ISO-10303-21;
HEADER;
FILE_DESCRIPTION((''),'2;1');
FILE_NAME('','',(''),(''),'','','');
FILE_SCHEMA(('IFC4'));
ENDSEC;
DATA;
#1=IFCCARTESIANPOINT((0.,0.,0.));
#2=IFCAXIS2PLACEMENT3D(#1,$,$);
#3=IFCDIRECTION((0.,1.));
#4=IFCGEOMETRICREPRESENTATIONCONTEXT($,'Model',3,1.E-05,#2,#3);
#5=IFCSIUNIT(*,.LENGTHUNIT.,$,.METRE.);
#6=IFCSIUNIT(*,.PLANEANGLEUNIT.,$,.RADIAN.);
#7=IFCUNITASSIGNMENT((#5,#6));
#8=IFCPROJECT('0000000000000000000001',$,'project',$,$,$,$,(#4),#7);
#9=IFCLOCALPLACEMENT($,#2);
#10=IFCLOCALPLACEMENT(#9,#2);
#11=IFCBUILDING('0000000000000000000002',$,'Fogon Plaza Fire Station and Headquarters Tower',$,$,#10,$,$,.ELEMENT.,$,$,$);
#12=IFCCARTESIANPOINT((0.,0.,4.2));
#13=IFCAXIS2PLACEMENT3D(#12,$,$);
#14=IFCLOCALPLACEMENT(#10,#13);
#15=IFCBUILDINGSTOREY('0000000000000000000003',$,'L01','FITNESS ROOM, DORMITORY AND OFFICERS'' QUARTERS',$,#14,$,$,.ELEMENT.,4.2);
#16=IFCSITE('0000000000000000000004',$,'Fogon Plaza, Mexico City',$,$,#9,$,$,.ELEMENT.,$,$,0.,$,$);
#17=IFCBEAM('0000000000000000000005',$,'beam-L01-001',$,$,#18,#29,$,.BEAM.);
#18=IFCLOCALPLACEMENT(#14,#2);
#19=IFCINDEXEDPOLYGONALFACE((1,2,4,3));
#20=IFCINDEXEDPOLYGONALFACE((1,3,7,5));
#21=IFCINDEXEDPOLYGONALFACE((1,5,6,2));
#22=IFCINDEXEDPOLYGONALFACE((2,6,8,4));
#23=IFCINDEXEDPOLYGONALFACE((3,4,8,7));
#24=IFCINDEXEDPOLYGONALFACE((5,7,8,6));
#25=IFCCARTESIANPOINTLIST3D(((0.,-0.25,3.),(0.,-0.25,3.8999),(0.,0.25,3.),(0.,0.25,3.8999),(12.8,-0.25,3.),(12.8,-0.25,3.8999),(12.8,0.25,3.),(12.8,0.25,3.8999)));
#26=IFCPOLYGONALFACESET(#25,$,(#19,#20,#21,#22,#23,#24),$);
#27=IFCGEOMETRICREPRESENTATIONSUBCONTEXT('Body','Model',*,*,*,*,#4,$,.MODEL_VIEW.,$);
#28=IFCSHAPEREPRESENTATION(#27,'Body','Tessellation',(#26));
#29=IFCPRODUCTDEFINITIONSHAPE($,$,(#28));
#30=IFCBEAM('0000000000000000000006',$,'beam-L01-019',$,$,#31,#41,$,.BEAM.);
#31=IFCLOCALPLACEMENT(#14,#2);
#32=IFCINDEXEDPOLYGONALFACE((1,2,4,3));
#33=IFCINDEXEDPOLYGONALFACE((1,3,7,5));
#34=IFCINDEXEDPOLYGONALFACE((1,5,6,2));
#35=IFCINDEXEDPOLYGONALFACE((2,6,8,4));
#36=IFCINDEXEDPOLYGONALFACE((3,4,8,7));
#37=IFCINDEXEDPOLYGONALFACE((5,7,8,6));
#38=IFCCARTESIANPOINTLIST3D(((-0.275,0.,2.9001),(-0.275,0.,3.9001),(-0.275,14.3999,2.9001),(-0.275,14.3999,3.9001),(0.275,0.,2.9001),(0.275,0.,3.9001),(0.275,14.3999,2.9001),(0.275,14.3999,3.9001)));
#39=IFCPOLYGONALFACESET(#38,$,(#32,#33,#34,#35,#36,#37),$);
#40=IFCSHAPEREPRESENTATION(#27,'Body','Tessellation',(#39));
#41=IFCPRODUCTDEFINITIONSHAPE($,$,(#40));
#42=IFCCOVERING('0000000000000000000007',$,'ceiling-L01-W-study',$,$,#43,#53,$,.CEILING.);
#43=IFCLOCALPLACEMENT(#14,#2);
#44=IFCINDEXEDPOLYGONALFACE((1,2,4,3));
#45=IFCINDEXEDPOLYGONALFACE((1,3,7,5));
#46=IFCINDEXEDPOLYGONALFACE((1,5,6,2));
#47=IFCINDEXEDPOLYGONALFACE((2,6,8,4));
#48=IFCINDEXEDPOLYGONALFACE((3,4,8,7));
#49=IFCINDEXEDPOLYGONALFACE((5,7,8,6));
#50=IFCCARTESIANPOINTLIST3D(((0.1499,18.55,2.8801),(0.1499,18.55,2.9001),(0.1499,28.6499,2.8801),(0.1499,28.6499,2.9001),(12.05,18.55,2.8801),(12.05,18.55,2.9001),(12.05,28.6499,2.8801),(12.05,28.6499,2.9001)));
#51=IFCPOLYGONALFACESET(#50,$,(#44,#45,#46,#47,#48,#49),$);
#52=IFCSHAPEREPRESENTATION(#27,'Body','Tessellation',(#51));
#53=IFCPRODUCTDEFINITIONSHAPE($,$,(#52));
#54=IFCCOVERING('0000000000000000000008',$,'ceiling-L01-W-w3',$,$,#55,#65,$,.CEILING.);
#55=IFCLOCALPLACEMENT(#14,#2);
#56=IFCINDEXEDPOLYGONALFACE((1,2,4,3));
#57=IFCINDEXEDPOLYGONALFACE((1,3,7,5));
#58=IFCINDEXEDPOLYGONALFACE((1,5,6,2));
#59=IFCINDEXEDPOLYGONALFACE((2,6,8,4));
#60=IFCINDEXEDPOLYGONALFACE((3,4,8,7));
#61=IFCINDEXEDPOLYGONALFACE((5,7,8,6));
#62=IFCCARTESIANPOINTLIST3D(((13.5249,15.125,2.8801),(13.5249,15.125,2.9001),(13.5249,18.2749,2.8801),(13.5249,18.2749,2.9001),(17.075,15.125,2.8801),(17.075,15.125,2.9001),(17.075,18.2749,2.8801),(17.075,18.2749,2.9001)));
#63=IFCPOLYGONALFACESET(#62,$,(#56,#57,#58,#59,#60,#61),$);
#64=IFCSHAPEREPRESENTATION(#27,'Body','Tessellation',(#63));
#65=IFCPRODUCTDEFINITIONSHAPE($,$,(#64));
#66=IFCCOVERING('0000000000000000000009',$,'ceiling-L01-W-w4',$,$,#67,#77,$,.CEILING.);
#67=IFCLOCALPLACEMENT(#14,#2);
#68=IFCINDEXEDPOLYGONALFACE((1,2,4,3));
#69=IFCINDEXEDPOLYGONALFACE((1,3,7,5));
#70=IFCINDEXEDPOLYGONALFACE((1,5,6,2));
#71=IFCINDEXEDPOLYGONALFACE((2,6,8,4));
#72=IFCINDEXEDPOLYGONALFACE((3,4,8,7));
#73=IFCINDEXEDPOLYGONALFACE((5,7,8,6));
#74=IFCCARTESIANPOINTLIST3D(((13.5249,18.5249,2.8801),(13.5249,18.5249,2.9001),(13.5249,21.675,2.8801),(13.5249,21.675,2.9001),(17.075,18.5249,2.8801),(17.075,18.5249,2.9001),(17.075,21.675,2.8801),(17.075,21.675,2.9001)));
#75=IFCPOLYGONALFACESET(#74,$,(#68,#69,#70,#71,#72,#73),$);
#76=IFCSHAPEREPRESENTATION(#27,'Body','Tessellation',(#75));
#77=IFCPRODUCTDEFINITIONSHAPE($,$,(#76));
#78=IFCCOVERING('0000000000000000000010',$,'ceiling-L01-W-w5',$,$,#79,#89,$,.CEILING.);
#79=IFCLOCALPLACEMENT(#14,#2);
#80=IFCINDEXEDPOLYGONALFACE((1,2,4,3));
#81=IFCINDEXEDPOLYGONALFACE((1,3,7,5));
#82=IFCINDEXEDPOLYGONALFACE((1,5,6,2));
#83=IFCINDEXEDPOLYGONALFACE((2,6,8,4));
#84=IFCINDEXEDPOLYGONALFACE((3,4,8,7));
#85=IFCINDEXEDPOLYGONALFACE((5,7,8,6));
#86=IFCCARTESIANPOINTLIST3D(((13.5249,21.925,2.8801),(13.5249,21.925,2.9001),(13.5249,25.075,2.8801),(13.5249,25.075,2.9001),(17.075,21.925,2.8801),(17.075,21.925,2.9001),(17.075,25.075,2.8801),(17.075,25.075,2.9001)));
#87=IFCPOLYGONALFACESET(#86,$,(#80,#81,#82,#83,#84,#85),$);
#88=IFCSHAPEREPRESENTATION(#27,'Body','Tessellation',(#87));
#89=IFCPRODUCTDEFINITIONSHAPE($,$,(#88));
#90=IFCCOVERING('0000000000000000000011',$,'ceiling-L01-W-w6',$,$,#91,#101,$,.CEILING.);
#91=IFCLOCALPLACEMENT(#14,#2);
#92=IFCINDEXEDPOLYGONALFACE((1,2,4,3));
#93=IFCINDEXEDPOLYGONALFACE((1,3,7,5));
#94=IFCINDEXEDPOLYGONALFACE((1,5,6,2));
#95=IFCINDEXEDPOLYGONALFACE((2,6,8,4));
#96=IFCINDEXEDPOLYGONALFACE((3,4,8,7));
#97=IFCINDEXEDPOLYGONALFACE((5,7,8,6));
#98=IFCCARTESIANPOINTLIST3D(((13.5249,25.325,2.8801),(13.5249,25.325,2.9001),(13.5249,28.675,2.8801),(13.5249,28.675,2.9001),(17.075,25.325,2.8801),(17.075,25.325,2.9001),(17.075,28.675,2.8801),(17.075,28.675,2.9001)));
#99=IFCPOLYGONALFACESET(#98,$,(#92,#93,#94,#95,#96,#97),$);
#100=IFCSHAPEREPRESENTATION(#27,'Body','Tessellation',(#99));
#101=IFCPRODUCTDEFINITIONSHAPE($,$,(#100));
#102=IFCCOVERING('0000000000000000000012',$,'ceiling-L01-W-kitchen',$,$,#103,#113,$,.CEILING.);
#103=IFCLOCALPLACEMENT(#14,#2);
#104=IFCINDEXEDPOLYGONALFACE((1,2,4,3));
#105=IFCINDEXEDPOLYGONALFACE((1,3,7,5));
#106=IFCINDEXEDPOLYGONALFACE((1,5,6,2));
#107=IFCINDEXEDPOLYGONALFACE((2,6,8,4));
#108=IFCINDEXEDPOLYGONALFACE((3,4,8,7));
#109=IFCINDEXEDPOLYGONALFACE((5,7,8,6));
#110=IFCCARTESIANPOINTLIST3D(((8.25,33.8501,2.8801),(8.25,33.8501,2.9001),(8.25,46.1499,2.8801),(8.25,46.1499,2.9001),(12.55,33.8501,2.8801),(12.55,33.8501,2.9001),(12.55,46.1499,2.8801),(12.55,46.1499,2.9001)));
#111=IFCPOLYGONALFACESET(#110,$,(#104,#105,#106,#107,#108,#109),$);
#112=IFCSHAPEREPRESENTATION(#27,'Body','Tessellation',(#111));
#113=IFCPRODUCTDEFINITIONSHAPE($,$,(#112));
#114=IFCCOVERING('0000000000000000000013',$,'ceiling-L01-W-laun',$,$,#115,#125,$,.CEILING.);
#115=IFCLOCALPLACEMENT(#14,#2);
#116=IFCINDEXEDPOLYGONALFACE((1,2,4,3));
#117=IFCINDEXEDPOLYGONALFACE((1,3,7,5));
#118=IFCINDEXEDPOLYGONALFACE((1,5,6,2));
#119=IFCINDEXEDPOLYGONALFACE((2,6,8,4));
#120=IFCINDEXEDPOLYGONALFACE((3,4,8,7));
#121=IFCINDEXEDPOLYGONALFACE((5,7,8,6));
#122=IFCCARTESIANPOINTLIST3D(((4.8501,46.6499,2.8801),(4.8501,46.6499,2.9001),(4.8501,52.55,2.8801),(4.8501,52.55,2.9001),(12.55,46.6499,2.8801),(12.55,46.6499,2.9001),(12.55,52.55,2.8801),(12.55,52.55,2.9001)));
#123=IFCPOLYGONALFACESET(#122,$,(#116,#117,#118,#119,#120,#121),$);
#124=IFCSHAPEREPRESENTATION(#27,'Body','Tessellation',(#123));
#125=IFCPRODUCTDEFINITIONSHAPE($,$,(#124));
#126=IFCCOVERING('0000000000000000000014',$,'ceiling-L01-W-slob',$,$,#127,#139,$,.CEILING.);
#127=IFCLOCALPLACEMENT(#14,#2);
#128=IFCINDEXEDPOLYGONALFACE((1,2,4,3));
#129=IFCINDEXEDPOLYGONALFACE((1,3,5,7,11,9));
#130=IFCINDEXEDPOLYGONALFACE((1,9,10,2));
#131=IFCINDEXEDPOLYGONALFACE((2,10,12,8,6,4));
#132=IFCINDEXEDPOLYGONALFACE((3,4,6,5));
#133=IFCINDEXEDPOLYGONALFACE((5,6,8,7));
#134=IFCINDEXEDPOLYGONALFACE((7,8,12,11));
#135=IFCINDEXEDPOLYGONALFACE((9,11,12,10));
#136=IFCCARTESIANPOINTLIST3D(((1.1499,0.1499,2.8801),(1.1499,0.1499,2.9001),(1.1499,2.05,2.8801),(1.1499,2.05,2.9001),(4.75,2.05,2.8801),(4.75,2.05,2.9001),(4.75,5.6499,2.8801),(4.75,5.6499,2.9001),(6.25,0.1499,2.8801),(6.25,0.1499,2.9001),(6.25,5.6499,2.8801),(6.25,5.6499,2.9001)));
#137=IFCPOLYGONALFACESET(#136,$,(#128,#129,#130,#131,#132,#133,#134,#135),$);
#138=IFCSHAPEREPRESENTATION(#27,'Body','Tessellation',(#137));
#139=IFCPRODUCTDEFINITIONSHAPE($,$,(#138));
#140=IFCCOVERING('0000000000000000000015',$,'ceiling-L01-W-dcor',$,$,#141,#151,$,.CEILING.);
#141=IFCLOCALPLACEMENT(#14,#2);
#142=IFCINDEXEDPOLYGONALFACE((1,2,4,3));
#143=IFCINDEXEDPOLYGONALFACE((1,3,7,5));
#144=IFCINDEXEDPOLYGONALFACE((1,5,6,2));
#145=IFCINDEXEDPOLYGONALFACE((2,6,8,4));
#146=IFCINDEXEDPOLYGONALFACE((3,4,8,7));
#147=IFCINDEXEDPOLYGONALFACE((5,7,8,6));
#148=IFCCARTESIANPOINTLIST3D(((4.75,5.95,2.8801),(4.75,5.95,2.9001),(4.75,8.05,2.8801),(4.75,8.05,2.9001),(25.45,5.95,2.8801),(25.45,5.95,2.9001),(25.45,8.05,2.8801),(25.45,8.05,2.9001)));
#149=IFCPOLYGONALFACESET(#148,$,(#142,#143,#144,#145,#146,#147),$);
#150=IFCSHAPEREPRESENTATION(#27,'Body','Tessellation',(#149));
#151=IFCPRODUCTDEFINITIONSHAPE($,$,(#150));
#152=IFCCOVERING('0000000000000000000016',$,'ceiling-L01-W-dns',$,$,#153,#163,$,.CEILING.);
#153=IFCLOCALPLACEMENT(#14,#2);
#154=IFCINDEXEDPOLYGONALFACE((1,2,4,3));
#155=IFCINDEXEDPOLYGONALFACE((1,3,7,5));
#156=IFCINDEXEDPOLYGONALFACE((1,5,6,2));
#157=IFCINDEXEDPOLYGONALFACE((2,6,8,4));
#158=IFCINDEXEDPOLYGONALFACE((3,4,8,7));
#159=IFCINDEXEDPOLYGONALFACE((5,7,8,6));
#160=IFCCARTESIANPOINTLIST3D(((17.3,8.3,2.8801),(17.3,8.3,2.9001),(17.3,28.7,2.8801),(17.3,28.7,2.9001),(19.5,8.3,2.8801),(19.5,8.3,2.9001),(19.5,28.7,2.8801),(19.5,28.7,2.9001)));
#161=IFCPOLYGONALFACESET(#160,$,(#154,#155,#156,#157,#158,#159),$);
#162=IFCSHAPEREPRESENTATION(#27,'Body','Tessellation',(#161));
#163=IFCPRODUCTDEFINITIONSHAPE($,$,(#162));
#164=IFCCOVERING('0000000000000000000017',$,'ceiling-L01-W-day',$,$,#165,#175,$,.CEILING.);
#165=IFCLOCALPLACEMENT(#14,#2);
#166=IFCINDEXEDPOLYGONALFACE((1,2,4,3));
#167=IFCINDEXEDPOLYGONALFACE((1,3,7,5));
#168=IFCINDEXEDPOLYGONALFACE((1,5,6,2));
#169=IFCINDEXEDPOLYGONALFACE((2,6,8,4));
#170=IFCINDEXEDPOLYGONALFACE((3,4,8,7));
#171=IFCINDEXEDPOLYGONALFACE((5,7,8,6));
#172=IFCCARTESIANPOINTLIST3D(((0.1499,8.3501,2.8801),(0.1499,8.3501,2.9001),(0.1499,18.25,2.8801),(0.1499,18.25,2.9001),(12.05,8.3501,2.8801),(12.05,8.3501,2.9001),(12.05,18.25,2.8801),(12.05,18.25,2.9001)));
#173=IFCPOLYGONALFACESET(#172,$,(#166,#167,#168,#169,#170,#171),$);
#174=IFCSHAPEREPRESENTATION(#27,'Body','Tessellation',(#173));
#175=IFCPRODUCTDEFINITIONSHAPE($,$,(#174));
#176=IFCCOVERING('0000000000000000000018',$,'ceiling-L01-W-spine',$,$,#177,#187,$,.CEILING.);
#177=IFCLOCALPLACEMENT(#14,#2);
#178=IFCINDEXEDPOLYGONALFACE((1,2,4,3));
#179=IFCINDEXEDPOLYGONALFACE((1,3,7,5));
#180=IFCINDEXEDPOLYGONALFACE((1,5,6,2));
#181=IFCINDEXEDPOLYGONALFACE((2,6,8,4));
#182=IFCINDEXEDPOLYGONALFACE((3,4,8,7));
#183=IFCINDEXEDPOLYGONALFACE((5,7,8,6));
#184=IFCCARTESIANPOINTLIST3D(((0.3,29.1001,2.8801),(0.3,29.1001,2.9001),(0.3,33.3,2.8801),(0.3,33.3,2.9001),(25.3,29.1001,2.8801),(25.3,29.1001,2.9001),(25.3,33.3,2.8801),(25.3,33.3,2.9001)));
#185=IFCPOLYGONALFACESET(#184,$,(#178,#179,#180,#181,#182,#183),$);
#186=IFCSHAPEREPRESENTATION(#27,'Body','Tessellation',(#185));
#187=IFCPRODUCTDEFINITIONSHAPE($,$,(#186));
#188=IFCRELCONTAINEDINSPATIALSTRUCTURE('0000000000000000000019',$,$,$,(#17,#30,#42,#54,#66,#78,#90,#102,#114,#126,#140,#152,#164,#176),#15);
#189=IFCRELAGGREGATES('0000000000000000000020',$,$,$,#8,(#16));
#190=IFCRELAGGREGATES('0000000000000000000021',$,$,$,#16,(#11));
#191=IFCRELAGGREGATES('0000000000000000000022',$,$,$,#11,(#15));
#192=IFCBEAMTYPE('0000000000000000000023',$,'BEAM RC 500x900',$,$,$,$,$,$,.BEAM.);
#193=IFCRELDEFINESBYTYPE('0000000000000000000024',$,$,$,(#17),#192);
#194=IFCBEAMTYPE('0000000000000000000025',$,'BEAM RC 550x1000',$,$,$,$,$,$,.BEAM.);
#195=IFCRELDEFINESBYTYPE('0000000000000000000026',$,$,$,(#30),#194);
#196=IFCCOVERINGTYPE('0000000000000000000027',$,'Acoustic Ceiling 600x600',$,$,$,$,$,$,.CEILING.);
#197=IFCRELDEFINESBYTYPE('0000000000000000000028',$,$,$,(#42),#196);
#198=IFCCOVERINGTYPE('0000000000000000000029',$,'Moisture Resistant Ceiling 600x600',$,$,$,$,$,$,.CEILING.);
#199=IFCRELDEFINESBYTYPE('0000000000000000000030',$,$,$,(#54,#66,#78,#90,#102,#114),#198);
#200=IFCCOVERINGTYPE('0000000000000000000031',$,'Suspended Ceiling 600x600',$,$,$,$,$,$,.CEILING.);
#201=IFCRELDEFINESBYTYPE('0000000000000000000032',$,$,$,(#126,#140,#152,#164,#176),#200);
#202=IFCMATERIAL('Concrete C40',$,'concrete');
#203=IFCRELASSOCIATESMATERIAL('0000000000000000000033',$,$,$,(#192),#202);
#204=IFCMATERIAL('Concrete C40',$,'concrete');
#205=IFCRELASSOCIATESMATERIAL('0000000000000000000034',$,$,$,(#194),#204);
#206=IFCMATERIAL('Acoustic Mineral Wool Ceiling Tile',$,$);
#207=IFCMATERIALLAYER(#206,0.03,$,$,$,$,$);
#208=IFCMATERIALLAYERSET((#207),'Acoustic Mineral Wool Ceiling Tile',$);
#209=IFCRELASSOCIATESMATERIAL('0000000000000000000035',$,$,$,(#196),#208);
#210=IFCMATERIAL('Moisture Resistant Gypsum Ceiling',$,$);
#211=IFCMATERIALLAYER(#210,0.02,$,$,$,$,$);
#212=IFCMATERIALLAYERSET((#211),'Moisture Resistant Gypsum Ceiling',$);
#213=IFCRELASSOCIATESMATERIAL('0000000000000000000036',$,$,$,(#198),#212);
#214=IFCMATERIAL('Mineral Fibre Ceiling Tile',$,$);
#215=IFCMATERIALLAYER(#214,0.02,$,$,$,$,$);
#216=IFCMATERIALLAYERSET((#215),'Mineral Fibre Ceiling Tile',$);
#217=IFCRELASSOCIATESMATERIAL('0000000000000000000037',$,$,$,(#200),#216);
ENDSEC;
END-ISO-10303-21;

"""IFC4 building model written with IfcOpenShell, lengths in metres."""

from ifc_helpers import new_model, si_unit, direction, frame, origin, origin_2d, place, context, subcontext, project, spatial, polyline, rectangle, outline, extrude, material, layer, layer_set, material_profile, profile_set, type_object, element, save


model = new_model("IFC4")

# Units and contexts
model_context = context("Model", 3, precision=1e-05, world=origin(), true_north=direction((0.0, 1.0)))
body_context = subcontext(model_context, "Body", "Model", "MODEL_VIEW")
ifc_project = project(units=[si_unit("LENGTHUNIT", "METRE"), si_unit("PLANEANGLEUNIT", "RADIAN")], contexts=[model_context])

# Site, building, storey
site_placement = place(None, origin())
site = spatial("IfcSite", under=ifc_project, at=site_placement, Name="Fogon Plaza, Mexico City", CompositionType="ELEMENT", RefElevation=0.0)
building_placement = place(site_placement, origin())
building = spatial("IfcBuilding", under=site, at=building_placement, Name="Fogon Plaza Fire Station and Headquarters Tower", CompositionType="ELEMENT")
storey_placement = place(building_placement, frame((0.0, 0.0, 4.2)))
storey = spatial("IfcBuildingStorey", under=building, at=storey_placement, Name="L01", Description="FITNESS ROOM, DORMITORY AND OFFICERS' QUARTERS", CompositionType="ELEMENT", Elevation=4.2)

# Beams
ifc_material_1 = material(Name="Concrete C40", Category="concrete")
ifc_material_profile_1 = material_profile(ifc_material_1, rectangle(XDim=0.5, YDim=0.8999, at=origin_2d()), Name="RC 500x900")
ifc_profile_set_1 = profile_set([ifc_material_profile_1], Name="Concrete C40")
beam_type_1 = type_object("IfcBeamType", Name="BEAM RC 500x900", PredefinedType="BEAM", material=ifc_profile_set_1)
beam_1_placement = place(storey_placement, frame((0.0, 0.0, 3.45), z_axis=(1.0, 0.0, 0.0), x_axis=(0.0, 1.0, 0.0)))
element("IfcBeam", 1, at=beam_1_placement, inside=storey, type_object=beam_type_1, Name="beam-L01-001", PredefinedType="BEAM", context=body_context, shape_type="SweptSolid", body=[
    extrude(rectangle(XDim=0.5, YDim=0.8999, at=origin_2d()), origin(), (0.0, 0.0, 1.0), 12.8),
])
ifc_material_2 = material(Name="Concrete C40", Category="concrete")
ifc_material_profile_2 = material_profile(ifc_material_2, rectangle(XDim=0.55, YDim=1.0, at=origin_2d()), Name="RC 550x1000")
ifc_profile_set_2 = profile_set([ifc_material_profile_2], Name="Concrete C40")
beam_type_2 = type_object("IfcBeamType", Name="BEAM RC 550x1000", PredefinedType="BEAM", material=ifc_profile_set_2)
beam_2_placement = place(storey_placement, frame((0.0, 0.0, 3.4001), z_axis=(0.0, 1.0, 0.0), x_axis=(-1.0, 0.0, 0.0)))
element("IfcBeam", 2, at=beam_2_placement, inside=storey, type_object=beam_type_2, Name="beam-L01-019", PredefinedType="BEAM", context=body_context, shape_type="SweptSolid", body=[
    extrude(rectangle(XDim=0.55, YDim=1.0, at=origin_2d()), origin(), (0.0, 0.0, 1.0), 14.3999),
])

# Coverings
ifc_material_3 = material(Name="Acoustic Mineral Wool Ceiling Tile")
ifc_layer_1 = layer(ifc_material_3, 0.03)
ifc_layer_set_1 = layer_set([ifc_layer_1], Name="Acoustic Mineral Wool Ceiling Tile")
covering_type_1 = type_object("IfcCoveringType", Name="Acoustic Ceiling 600x600", PredefinedType="CEILING", material=ifc_layer_set_1)
covering_1_placement = place(storey_placement, frame((0.0, 0.0, 2.8801)))
element("IfcCovering", 3, at=covering_1_placement, inside=storey, type_object=covering_type_1, Name="ceiling-L01-W-study", PredefinedType="CEILING", context=body_context, shape_type="SweptSolid", body=[
    extrude(outline(polyline([(0.1499, 18.55), (0.1499, 28.6499), (12.05, 28.6499), (12.05, 18.55), (0.1499, 18.55)])), origin(), (0.0, 0.0, 1.0), 0.02),
])
ifc_material_4 = material(Name="Moisture Resistant Gypsum Ceiling")
ifc_layer_2 = layer(ifc_material_4, 0.02)
ifc_layer_set_2 = layer_set([ifc_layer_2], Name="Moisture Resistant Gypsum Ceiling")
covering_type_2 = type_object("IfcCoveringType", Name="Moisture Resistant Ceiling 600x600", PredefinedType="CEILING", material=ifc_layer_set_2)
covering_2_placement = place(storey_placement, frame((0.0, 0.0, 2.8801)))
element("IfcCovering", 4, at=covering_2_placement, inside=storey, type_object=covering_type_2, Name="ceiling-L01-W-w3", PredefinedType="CEILING", context=body_context, shape_type="SweptSolid", body=[
    extrude(outline(polyline([(13.5249, 15.125), (13.5249, 18.2749), (17.075, 18.2749), (17.075, 15.125), (13.5249, 15.125)])), origin(), (0.0, 0.0, 1.0), 0.02),
])
covering_3_placement = place(storey_placement, frame((0.0, 0.0, 2.8801)))
element("IfcCovering", 5, at=covering_3_placement, inside=storey, type_object=covering_type_2, Name="ceiling-L01-W-w4", PredefinedType="CEILING", context=body_context, shape_type="SweptSolid", body=[
    extrude(outline(polyline([(13.5249, 18.5249), (13.5249, 21.675), (17.075, 21.675), (17.075, 18.5249), (13.5249, 18.5249)])), origin(), (0.0, 0.0, 1.0), 0.02),
])
covering_4_placement = place(storey_placement, frame((0.0, 0.0, 2.8801)))
element("IfcCovering", 6, at=covering_4_placement, inside=storey, type_object=covering_type_2, Name="ceiling-L01-W-w5", PredefinedType="CEILING", context=body_context, shape_type="SweptSolid", body=[
    extrude(outline(polyline([(13.5249, 21.925), (13.5249, 25.075), (17.075, 25.075), (17.075, 21.925), (13.5249, 21.925)])), origin(), (0.0, 0.0, 1.0), 0.02),
])
covering_5_placement = place(storey_placement, frame((0.0, 0.0, 2.8801)))
element("IfcCovering", 7, at=covering_5_placement, inside=storey, type_object=covering_type_2, Name="ceiling-L01-W-w6", PredefinedType="CEILING", context=body_context, shape_type="SweptSolid", body=[
    extrude(outline(polyline([(13.5249, 25.325), (13.5249, 28.675), (17.075, 28.675), (17.075, 25.325), (13.5249, 25.325)])), origin(), (0.0, 0.0, 1.0), 0.02),
])
covering_6_placement = place(storey_placement, frame((0.0, 0.0, 2.8801)))
element("IfcCovering", 8, at=covering_6_placement, inside=storey, type_object=covering_type_2, Name="ceiling-L01-W-kitchen", PredefinedType="CEILING", context=body_context, shape_type="SweptSolid", body=[
    extrude(outline(polyline([(8.25, 33.8501), (8.25, 46.1499), (12.55, 46.1499), (12.55, 33.8501), (8.25, 33.8501)])), origin(), (0.0, 0.0, 1.0), 0.02),
])
covering_7_placement = place(storey_placement, frame((0.0, 0.0, 2.8801)))
element("IfcCovering", 9, at=covering_7_placement, inside=storey, type_object=covering_type_2, Name="ceiling-L01-W-laun", PredefinedType="CEILING", context=body_context, shape_type="SweptSolid", body=[
    extrude(outline(polyline([(4.8501, 46.6499), (4.8501, 52.55), (12.55, 52.55), (12.55, 46.6499), (4.8501, 46.6499)])), origin(), (0.0, 0.0, 1.0), 0.02),
])
ifc_material_5 = material(Name="Mineral Fibre Ceiling Tile")
ifc_layer_3 = layer(ifc_material_5, 0.02)
ifc_layer_set_3 = layer_set([ifc_layer_3], Name="Mineral Fibre Ceiling Tile")
covering_type_3 = type_object("IfcCoveringType", Name="Suspended Ceiling 600x600", PredefinedType="CEILING", material=ifc_layer_set_3)
covering_8_placement = place(storey_placement, frame((0.0, 0.0, 2.8801)))
element("IfcCovering", 10, at=covering_8_placement, inside=storey, type_object=covering_type_3, Name="ceiling-L01-W-slob", PredefinedType="CEILING", context=body_context, shape_type="SweptSolid", body=[
    extrude(outline(polyline([(1.1499, 0.1499), (1.1499, 2.05), (4.75, 2.05), (4.75, 5.6499), (6.25, 5.6499), (6.25, 0.1499), (1.1499, 0.1499)])), origin(), (0.0, 0.0, 1.0), 0.02),
])
covering_9_placement = place(storey_placement, frame((0.0, 0.0, 2.8801)))
element("IfcCovering", 11, at=covering_9_placement, inside=storey, type_object=covering_type_3, Name="ceiling-L01-W-dcor", PredefinedType="CEILING", context=body_context, shape_type="SweptSolid", body=[
    extrude(outline(polyline([(4.75, 5.95), (4.75, 8.05), (25.45, 8.05), (25.45, 5.95), (4.75, 5.95)])), origin(), (0.0, 0.0, 1.0), 0.02),
])
covering_10_placement = place(storey_placement, frame((0.0, 0.0, 2.8801)))
element("IfcCovering", 12, at=covering_10_placement, inside=storey, type_object=covering_type_3, Name="ceiling-L01-W-dns", PredefinedType="CEILING", context=body_context, shape_type="SweptSolid", body=[
    extrude(outline(polyline([(17.3, 8.3), (17.3, 28.7), (19.5, 28.7), (19.5, 8.3), (17.3, 8.3)])), origin(), (0.0, 0.0, 1.0), 0.02),
])
covering_11_placement = place(storey_placement, frame((0.0, 0.0, 2.8801)))
element("IfcCovering", 13, at=covering_11_placement, inside=storey, type_object=covering_type_3, Name="ceiling-L01-W-day", PredefinedType="CEILING", context=body_context, shape_type="SweptSolid", body=[
    extrude(outline(polyline([(0.1499, 8.3501), (0.1499, 18.25), (12.05, 18.25), (12.05, 8.3501), (0.1499, 8.3501)])), origin(), (0.0, 0.0, 1.0), 0.02),
])
covering_12_placement = place(storey_placement, frame((0.0, 0.0, 2.8801)))
element("IfcCovering", 14, at=covering_12_placement, inside=storey, type_object=covering_type_3, Name="ceiling-L01-W-spine", PredefinedType="CEILING", context=body_context, shape_type="SweptSolid", body=[
    extrude(outline(polyline([(0.3, 29.1001), (0.3, 33.3), (25.3, 33.3), (25.3, 29.1001), (0.3, 29.1001)])), origin(), (0.0, 0.0, 1.0), 0.02),
])

save(model, "model.ifc")
